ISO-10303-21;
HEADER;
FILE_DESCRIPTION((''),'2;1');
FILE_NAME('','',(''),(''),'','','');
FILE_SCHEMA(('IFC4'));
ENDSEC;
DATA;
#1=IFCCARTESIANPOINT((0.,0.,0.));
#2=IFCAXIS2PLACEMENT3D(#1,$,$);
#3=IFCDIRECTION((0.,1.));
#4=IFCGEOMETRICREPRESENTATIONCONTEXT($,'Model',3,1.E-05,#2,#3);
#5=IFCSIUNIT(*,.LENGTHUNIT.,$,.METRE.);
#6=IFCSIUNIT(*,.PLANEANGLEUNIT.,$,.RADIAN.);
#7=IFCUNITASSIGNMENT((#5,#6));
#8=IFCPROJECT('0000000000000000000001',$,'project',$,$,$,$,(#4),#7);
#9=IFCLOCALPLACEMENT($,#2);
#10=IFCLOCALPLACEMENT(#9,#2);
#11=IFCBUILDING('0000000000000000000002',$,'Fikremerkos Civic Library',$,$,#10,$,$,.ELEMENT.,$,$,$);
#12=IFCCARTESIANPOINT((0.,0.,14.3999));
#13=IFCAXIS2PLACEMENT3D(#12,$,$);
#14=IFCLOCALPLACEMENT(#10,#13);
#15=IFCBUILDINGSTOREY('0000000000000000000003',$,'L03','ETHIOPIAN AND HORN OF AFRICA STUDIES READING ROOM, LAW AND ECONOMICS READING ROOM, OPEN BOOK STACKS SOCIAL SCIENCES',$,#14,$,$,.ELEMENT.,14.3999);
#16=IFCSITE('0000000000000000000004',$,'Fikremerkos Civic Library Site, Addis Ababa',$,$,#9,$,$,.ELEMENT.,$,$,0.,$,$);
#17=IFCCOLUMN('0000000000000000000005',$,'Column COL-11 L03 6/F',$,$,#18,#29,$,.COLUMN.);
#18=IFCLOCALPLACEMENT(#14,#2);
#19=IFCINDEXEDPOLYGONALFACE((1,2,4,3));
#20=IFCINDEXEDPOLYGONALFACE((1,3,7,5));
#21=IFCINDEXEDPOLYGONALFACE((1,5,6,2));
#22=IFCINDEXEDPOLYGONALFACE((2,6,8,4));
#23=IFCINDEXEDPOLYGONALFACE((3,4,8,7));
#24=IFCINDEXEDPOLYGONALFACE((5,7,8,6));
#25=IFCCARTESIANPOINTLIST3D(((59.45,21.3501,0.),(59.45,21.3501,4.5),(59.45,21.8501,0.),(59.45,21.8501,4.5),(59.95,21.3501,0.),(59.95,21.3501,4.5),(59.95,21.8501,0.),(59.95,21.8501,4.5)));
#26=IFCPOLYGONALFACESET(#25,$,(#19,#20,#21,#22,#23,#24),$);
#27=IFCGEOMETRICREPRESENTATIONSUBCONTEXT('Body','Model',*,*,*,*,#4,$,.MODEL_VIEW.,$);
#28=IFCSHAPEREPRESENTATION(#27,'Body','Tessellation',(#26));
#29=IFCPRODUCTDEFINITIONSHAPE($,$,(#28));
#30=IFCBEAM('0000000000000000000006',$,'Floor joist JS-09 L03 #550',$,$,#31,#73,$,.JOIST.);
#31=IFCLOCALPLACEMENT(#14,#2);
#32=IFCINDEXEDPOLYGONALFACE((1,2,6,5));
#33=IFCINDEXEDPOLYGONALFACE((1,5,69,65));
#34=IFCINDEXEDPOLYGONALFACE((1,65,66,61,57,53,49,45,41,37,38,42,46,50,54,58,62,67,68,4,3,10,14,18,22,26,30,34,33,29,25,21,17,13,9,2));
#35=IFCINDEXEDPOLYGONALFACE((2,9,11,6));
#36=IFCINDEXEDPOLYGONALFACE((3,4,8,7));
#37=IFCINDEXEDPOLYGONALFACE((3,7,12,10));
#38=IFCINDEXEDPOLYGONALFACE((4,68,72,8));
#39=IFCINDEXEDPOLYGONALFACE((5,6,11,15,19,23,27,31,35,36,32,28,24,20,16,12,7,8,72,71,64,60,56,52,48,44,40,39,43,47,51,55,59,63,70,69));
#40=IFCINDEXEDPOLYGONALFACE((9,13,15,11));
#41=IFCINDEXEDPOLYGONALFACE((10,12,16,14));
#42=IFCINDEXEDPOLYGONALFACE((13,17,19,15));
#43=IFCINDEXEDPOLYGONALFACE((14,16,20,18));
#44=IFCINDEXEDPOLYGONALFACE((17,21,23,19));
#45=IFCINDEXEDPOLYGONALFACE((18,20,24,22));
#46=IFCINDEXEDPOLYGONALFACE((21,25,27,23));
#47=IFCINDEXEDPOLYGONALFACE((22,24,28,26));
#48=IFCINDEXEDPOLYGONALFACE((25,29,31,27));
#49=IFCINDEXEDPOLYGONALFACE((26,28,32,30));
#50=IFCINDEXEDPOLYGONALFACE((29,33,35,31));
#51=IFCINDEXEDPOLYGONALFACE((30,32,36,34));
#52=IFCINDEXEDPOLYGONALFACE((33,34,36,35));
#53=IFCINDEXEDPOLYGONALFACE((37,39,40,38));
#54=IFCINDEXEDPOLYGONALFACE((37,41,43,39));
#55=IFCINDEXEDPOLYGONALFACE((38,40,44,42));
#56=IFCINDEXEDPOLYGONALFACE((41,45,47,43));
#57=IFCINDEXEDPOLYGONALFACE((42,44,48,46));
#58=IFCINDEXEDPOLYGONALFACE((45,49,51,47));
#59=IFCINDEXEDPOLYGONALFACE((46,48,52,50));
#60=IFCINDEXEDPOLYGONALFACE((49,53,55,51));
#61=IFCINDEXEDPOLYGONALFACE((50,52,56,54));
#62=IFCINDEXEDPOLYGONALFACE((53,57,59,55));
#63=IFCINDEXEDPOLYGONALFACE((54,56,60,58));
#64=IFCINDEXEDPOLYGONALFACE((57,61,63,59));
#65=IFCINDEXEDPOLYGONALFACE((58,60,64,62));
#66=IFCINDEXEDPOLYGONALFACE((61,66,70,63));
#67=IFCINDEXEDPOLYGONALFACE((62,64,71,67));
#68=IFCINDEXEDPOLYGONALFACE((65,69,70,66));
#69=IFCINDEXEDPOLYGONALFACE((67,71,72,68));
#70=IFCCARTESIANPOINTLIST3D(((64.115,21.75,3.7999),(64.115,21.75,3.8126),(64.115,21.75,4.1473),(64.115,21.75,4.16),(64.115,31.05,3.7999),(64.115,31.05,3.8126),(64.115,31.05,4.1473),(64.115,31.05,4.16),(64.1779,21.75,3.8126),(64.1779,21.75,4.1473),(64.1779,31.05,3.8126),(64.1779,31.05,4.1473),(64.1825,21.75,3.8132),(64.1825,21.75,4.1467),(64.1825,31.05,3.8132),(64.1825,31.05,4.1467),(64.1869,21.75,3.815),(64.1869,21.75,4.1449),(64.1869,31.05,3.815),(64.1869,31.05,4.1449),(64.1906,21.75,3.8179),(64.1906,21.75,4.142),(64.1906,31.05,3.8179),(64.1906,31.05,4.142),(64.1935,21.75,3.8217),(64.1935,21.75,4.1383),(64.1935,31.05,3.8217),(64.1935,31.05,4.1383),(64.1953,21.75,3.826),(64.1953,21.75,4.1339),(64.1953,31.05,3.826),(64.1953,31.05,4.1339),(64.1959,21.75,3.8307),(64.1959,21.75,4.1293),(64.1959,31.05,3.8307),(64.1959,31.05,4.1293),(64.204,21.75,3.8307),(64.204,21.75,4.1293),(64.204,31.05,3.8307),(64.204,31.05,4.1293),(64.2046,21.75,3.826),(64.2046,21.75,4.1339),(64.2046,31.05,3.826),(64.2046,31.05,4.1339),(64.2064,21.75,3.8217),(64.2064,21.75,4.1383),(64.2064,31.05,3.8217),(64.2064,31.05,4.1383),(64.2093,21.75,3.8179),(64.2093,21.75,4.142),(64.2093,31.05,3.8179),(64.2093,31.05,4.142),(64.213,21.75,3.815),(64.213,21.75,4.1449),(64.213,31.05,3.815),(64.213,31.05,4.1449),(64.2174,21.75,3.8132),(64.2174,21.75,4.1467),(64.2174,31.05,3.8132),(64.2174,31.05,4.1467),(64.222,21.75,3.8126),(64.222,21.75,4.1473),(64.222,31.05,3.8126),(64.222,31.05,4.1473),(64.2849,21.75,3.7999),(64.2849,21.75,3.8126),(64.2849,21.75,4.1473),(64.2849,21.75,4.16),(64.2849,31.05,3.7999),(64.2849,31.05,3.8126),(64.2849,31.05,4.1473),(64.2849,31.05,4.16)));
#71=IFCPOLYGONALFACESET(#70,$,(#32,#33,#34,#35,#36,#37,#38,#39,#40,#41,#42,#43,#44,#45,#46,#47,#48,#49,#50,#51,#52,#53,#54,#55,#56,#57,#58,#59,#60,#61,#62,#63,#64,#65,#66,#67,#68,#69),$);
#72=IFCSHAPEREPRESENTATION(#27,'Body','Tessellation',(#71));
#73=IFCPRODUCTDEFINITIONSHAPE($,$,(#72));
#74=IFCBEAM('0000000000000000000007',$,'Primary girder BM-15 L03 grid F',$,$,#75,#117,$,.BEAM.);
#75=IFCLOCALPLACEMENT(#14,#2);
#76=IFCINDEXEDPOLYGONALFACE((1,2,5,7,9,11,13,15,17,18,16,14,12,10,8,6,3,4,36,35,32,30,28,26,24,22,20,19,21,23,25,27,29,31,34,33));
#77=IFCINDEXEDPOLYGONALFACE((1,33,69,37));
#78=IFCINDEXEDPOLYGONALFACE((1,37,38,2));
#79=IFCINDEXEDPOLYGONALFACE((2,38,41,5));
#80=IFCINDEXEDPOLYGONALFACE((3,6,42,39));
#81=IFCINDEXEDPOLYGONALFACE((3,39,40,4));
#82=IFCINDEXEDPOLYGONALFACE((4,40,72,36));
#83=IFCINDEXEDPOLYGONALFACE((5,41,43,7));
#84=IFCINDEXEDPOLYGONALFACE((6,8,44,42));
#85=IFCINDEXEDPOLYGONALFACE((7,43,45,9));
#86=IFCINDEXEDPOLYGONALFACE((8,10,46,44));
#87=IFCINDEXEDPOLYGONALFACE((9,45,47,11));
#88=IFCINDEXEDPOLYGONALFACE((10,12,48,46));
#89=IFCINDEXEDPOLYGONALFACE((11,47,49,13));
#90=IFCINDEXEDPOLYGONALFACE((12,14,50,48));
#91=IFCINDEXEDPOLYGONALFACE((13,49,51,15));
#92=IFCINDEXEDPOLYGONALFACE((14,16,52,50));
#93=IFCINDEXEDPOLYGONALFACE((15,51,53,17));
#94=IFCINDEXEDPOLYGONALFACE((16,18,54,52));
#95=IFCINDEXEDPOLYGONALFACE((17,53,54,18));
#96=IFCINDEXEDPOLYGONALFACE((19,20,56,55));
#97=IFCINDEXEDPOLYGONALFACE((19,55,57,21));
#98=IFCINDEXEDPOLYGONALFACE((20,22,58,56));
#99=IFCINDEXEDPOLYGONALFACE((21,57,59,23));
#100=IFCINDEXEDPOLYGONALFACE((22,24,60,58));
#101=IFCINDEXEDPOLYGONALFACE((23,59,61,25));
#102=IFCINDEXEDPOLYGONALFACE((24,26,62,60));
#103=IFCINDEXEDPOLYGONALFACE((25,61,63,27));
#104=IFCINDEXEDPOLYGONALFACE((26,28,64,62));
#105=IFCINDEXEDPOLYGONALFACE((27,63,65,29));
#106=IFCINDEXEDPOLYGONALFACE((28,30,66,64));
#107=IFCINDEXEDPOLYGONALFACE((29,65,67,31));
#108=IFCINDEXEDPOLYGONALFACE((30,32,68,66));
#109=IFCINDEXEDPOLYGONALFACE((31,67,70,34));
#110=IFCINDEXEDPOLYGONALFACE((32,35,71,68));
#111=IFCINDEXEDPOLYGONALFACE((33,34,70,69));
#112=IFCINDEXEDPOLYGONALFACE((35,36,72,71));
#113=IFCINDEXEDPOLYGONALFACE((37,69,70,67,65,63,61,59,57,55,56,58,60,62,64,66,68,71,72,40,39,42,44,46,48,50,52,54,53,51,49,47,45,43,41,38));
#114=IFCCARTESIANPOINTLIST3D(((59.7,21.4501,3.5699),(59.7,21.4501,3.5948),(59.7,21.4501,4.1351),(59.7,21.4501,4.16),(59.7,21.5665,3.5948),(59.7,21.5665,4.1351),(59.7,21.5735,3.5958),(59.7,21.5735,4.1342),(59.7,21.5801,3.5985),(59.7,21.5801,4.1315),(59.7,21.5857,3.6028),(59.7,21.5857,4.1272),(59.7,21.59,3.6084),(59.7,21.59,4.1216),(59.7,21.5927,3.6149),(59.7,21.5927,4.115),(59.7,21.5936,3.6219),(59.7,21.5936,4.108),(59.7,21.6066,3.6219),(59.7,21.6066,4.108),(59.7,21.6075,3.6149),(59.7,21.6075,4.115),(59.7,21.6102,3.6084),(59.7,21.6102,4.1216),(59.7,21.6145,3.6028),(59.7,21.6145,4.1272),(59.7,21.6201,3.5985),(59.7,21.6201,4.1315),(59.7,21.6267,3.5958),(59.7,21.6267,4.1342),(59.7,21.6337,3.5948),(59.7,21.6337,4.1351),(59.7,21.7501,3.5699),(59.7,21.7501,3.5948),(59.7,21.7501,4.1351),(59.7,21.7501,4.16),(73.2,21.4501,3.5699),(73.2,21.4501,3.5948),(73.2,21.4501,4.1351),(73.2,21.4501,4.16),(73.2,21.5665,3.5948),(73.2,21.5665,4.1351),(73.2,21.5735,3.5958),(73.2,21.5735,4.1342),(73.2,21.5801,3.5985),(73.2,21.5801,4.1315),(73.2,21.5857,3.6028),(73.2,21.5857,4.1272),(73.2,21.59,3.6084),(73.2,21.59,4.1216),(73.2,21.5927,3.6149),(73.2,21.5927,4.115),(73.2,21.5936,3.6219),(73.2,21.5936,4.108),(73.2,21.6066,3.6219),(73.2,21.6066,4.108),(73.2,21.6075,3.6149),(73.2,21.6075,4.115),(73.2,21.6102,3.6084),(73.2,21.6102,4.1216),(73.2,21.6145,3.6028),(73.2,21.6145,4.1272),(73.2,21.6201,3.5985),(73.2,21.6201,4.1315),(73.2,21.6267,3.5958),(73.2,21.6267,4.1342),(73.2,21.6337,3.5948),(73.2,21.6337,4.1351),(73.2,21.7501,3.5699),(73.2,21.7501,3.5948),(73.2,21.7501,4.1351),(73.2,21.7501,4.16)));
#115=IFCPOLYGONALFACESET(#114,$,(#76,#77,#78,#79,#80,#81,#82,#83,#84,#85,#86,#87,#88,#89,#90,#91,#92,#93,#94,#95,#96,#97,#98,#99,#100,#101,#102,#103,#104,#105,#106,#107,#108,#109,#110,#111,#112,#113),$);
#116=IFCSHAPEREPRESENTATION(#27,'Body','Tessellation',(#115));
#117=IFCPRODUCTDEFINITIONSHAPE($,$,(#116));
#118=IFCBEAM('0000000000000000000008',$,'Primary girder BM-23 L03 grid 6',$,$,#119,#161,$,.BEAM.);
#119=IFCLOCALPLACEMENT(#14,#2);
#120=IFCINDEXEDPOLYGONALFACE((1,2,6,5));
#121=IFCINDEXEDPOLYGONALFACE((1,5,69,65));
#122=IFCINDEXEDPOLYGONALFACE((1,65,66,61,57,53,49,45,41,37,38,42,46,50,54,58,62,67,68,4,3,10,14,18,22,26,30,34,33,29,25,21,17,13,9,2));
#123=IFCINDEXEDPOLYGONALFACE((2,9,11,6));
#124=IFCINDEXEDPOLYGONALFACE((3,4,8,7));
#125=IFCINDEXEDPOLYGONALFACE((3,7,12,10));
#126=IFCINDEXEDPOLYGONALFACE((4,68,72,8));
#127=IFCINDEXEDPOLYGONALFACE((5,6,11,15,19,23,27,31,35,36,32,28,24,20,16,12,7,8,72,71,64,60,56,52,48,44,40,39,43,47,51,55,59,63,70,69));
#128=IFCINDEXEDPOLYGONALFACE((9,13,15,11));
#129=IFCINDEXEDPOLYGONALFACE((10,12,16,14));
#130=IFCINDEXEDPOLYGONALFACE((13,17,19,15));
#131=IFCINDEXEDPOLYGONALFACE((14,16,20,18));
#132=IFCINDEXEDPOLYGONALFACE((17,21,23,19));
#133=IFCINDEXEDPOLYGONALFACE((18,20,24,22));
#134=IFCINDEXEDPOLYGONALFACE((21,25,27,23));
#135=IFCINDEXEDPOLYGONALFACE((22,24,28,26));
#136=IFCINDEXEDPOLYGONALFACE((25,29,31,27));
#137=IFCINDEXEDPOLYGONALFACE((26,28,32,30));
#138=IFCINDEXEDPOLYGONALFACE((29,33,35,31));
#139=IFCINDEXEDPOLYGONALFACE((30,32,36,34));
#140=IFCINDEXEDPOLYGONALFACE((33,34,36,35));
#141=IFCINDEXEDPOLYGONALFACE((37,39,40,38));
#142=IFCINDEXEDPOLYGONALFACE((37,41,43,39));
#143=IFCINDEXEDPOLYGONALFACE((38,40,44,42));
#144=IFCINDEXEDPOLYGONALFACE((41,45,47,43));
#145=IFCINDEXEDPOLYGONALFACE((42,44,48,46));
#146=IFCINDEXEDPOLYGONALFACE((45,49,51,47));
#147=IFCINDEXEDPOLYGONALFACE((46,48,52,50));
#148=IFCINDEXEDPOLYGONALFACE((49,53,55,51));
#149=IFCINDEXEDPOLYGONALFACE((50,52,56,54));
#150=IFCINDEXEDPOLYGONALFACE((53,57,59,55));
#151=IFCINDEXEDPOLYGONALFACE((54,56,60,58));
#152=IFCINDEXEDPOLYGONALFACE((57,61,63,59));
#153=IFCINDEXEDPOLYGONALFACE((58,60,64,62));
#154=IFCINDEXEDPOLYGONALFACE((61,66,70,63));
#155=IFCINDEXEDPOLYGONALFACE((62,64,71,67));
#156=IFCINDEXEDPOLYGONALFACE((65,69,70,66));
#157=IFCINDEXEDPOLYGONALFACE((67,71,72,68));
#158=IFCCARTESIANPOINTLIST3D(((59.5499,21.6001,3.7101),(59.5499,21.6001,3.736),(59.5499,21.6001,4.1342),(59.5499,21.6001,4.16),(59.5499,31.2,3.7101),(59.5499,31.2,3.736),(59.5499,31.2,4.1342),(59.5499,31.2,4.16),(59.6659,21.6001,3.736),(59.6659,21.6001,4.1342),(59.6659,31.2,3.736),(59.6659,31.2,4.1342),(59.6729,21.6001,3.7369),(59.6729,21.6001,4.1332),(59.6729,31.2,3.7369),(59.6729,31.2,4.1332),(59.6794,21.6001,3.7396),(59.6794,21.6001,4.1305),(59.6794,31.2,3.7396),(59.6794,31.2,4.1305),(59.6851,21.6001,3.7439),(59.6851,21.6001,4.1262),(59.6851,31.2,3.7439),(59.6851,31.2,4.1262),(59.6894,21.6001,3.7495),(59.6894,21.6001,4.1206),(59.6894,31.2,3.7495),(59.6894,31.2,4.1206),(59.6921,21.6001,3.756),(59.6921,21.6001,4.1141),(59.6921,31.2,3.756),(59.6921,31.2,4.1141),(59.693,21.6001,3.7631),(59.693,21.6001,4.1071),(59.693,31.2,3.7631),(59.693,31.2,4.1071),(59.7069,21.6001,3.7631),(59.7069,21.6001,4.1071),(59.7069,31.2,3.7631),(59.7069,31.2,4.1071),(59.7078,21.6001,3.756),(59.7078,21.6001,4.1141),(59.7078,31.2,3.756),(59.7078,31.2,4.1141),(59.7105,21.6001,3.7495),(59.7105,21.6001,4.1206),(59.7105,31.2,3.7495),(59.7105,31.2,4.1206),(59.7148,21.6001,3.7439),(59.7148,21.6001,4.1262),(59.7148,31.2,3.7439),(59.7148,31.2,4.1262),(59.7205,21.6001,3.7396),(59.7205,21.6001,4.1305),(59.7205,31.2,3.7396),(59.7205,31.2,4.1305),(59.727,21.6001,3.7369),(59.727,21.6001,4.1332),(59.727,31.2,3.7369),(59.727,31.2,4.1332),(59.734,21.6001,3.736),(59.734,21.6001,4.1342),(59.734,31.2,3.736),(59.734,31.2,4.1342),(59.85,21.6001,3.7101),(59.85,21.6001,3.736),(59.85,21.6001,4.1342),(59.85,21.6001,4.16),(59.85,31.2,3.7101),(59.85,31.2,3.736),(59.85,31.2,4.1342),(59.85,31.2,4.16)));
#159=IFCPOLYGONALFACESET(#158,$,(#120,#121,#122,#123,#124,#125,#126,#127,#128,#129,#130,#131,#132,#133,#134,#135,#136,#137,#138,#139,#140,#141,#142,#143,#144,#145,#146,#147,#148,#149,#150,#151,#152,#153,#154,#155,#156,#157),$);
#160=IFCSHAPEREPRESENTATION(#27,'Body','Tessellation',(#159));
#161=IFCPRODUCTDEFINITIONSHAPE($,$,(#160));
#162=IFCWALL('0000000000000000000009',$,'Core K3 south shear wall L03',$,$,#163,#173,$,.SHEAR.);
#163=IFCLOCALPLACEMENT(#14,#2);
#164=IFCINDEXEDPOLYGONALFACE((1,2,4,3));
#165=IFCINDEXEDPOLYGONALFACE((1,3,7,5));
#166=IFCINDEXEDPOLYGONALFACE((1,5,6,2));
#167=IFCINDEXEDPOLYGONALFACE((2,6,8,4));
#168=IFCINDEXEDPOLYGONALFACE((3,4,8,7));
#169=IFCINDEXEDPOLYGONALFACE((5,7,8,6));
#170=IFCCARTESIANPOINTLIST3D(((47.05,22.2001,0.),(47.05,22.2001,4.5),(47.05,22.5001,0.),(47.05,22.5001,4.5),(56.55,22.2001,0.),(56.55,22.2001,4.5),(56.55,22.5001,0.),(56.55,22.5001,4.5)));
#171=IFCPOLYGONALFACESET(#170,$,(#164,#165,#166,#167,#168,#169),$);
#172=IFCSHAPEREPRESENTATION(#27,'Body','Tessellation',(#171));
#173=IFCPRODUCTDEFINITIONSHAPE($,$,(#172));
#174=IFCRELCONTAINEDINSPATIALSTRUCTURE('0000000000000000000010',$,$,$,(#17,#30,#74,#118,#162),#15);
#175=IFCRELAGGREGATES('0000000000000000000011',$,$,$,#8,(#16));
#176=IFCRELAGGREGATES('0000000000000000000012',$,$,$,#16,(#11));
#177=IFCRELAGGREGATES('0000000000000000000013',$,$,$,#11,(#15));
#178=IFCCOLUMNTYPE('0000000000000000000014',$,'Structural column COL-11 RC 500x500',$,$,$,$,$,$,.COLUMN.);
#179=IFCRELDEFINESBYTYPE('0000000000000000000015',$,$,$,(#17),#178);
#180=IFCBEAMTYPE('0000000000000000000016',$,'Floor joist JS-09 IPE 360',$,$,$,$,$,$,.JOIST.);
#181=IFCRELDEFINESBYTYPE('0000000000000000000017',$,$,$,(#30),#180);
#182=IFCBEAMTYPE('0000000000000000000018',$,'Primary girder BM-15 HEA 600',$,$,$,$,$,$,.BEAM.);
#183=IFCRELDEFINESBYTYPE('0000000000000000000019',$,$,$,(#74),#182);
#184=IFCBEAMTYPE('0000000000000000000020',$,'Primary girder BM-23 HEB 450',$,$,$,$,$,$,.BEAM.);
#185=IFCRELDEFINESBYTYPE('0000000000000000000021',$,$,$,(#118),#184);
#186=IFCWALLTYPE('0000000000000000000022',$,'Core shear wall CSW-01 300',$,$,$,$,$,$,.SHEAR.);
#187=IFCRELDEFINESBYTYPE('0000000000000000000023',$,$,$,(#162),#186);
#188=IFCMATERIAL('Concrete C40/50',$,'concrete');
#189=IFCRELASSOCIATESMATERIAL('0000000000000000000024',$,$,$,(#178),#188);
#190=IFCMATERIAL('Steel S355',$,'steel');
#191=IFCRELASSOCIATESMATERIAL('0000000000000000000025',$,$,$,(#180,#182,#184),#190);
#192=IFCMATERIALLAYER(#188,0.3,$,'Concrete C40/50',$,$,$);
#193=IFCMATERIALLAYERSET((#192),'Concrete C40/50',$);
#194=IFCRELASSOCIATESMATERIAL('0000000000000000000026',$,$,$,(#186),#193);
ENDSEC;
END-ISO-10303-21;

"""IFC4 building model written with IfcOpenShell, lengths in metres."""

from ifc_helpers import new_model, si_unit, direction, frame, frame_2d, origin, origin_2d, place, context, subcontext, project, spatial, rectangle, i_section, extrude, material, layer, layer_set, material_profile, profile_set, type_object, element, save


model = new_model("IFC4")

# Units and contexts
model_context = context("Model", 3, precision=1e-05, world=origin(), true_north=direction((0.0, 1.0)))
body_context = subcontext(model_context, "Body", "Model", "MODEL_VIEW")
ifc_project = project(units=[si_unit("LENGTHUNIT", "METRE"), si_unit("PLANEANGLEUNIT", "RADIAN")], contexts=[model_context])

# Site, building, storey
site_placement = place(None, origin())
site = spatial("IfcSite", under=ifc_project, at=site_placement, Name="Fikremerkos Civic Library Site, Addis Ababa", CompositionType="ELEMENT", RefElevation=0.0)
building_placement = place(site_placement, origin())
building = spatial("IfcBuilding", under=site, at=building_placement, Name="Fikremerkos Civic Library", CompositionType="ELEMENT")
storey_placement = place(building_placement, frame((0.0, 0.0, 14.3999)))
storey = spatial("IfcBuildingStorey", under=building, at=storey_placement, Name="L03", Description="ETHIOPIAN AND HORN OF AFRICA STUDIES READING ROOM, LAW AND ECONOMICS READING ROOM, OPEN BOOK STACKS SOCIAL SCIENCES", CompositionType="ELEMENT", Elevation=14.3999)

# Column
ifc_material_1 = material(Name="Concrete C40/50", Category="concrete")
ifc_material_profile_1 = material_profile(ifc_material_1, rectangle(XDim=0.5, YDim=0.5, at=origin_2d()), Name="RC 500x500")
ifc_profile_set_1 = profile_set([ifc_material_profile_1], Name="Concrete C40/50")
column_type = type_object("IfcColumnType", Name="Structural column COL-11 RC 500x500", PredefinedType="COLUMN", material=ifc_profile_set_1)
column_placement = place(storey_placement, frame((59.7, 21.6001, 0.0), z_axis=(0.0, 0.0, 1.0), x_axis=(1.0, 0.0, 0.0)))
element("IfcColumn", 1, at=column_placement, inside=storey, type_object=column_type, Name="Column COL-11 L03 6/F", PredefinedType="COLUMN", context=body_context, shape_type="SweptSolid", body=[
    extrude(rectangle(XDim=0.5, YDim=0.5, at=origin_2d()), origin(), (0.0, 0.0, 1.0), 4.5),
])

# Beams
ifc_material_2 = material(Name="Steel S355", Category="steel")
ifc_material_profile_2 = material_profile(ifc_material_2, i_section(OverallWidth=0.1699, OverallDepth=0.3601, WebThickness=0.0081, FlangeThickness=0.0127, FilletRadius=0.0181, at=origin_2d()), Name="IPE 360")
ifc_profile_set_2 = profile_set([ifc_material_profile_2], Name="Steel S355")
beam_type_1 = type_object("IfcBeamType", Name="Floor joist JS-09 IPE 360", PredefinedType="JOIST", material=ifc_profile_set_2)
beam_1_placement = place(storey_placement, frame((64.2, 21.75, 3.98), z_axis=(0.0, 1.0, 0.0), x_axis=(-1.0, 0.0, 0.0)))
element("IfcBeam", 2, at=beam_1_placement, inside=storey, type_object=beam_type_1, Name="Floor joist JS-09 L03 #550", PredefinedType="JOIST", context=body_context, shape_type="SweptSolid", body=[
    extrude(i_section(OverallWidth=0.1699, OverallDepth=0.3601, WebThickness=0.0081, FlangeThickness=0.0127, FilletRadius=0.0181, at=origin_2d()), origin(), (0.0, 0.0, 1.0), 9.3),
])
ifc_material_profile_3 = material_profile(ifc_material_2, i_section(OverallWidth=0.3, OverallDepth=0.5901, WebThickness=0.0129, FlangeThickness=0.0249, FilletRadius=0.0271, at=origin_2d()), Name="HEA 600")
ifc_profile_set_3 = profile_set([ifc_material_profile_3], Name="Steel S355")
beam_type_2 = type_object("IfcBeamType", Name="Primary girder BM-15 HEA 600", PredefinedType="BEAM", material=ifc_profile_set_3)
beam_2_placement = place(storey_placement, frame((59.7, 21.6001, 3.865), z_axis=(1.0, 0.0, 0.0), x_axis=(0.0, 1.0, 0.0)))
element("IfcBeam", 3, at=beam_2_placement, inside=storey, type_object=beam_type_2, Name="Primary girder BM-15 L03 grid F", PredefinedType="BEAM", context=body_context, shape_type="SweptSolid", body=[
    extrude(i_section(OverallWidth=0.3, OverallDepth=0.5901, WebThickness=0.0129, FlangeThickness=0.0249, FilletRadius=0.0271, at=origin_2d()), origin(), (0.0, 0.0, 1.0), 13.5),
])
ifc_material_profile_4 = material_profile(ifc_material_2, i_section(OverallWidth=0.3, OverallDepth=0.45, WebThickness=0.0139, FlangeThickness=0.0259, FilletRadius=0.0271, at=origin_2d()), Name="HEB 450")
ifc_profile_set_4 = profile_set([ifc_material_profile_4], Name="Steel S355")
beam_type_3 = type_object("IfcBeamType", Name="Primary girder BM-23 HEB 450", PredefinedType="BEAM", material=ifc_profile_set_4)
beam_3_placement = place(storey_placement, frame((59.7, 21.6001, 3.9351), z_axis=(0.0, 1.0, 0.0), x_axis=(-1.0, 0.0, 0.0)))
element("IfcBeam", 4, at=beam_3_placement, inside=storey, type_object=beam_type_3, Name="Primary girder BM-23 L03 grid 6", PredefinedType="BEAM", context=body_context, shape_type="SweptSolid", body=[
    extrude(i_section(OverallWidth=0.3, OverallDepth=0.45, WebThickness=0.0139, FlangeThickness=0.0259, FilletRadius=0.0271, at=origin_2d()), origin(), (0.0, 0.0, 1.0), 9.5999),
])

# Wall
ifc_layer_1 = layer(ifc_material_1, 0.3, Name="Concrete C40/50")
ifc_layer_set_1 = layer_set([ifc_layer_1], Name="Concrete C40/50")
wall_type_1 = type_object("IfcWallType", Name="Core shear wall CSW-01 300", PredefinedType="SHEAR", material=ifc_layer_set_1)
wall_1_placement = place(storey_placement, frame((56.55, 22.3501, 0.0), z_axis=(0.0, 0.0, 1.0), x_axis=(-1.0, 0.0, 0.0)))
element("IfcWall", 5, at=wall_1_placement, inside=storey, type_object=wall_type_1, Name="Core K3 south shear wall L03", PredefinedType="SHEAR", context=body_context, shape_type="SweptSolid", body=[
    extrude(rectangle(XDim=9.5, YDim=0.3, at=frame_2d((4.75, 0.0))), origin(), (0.0, 0.0, 1.0), 4.5),
])

save(model, "model.ifc")
